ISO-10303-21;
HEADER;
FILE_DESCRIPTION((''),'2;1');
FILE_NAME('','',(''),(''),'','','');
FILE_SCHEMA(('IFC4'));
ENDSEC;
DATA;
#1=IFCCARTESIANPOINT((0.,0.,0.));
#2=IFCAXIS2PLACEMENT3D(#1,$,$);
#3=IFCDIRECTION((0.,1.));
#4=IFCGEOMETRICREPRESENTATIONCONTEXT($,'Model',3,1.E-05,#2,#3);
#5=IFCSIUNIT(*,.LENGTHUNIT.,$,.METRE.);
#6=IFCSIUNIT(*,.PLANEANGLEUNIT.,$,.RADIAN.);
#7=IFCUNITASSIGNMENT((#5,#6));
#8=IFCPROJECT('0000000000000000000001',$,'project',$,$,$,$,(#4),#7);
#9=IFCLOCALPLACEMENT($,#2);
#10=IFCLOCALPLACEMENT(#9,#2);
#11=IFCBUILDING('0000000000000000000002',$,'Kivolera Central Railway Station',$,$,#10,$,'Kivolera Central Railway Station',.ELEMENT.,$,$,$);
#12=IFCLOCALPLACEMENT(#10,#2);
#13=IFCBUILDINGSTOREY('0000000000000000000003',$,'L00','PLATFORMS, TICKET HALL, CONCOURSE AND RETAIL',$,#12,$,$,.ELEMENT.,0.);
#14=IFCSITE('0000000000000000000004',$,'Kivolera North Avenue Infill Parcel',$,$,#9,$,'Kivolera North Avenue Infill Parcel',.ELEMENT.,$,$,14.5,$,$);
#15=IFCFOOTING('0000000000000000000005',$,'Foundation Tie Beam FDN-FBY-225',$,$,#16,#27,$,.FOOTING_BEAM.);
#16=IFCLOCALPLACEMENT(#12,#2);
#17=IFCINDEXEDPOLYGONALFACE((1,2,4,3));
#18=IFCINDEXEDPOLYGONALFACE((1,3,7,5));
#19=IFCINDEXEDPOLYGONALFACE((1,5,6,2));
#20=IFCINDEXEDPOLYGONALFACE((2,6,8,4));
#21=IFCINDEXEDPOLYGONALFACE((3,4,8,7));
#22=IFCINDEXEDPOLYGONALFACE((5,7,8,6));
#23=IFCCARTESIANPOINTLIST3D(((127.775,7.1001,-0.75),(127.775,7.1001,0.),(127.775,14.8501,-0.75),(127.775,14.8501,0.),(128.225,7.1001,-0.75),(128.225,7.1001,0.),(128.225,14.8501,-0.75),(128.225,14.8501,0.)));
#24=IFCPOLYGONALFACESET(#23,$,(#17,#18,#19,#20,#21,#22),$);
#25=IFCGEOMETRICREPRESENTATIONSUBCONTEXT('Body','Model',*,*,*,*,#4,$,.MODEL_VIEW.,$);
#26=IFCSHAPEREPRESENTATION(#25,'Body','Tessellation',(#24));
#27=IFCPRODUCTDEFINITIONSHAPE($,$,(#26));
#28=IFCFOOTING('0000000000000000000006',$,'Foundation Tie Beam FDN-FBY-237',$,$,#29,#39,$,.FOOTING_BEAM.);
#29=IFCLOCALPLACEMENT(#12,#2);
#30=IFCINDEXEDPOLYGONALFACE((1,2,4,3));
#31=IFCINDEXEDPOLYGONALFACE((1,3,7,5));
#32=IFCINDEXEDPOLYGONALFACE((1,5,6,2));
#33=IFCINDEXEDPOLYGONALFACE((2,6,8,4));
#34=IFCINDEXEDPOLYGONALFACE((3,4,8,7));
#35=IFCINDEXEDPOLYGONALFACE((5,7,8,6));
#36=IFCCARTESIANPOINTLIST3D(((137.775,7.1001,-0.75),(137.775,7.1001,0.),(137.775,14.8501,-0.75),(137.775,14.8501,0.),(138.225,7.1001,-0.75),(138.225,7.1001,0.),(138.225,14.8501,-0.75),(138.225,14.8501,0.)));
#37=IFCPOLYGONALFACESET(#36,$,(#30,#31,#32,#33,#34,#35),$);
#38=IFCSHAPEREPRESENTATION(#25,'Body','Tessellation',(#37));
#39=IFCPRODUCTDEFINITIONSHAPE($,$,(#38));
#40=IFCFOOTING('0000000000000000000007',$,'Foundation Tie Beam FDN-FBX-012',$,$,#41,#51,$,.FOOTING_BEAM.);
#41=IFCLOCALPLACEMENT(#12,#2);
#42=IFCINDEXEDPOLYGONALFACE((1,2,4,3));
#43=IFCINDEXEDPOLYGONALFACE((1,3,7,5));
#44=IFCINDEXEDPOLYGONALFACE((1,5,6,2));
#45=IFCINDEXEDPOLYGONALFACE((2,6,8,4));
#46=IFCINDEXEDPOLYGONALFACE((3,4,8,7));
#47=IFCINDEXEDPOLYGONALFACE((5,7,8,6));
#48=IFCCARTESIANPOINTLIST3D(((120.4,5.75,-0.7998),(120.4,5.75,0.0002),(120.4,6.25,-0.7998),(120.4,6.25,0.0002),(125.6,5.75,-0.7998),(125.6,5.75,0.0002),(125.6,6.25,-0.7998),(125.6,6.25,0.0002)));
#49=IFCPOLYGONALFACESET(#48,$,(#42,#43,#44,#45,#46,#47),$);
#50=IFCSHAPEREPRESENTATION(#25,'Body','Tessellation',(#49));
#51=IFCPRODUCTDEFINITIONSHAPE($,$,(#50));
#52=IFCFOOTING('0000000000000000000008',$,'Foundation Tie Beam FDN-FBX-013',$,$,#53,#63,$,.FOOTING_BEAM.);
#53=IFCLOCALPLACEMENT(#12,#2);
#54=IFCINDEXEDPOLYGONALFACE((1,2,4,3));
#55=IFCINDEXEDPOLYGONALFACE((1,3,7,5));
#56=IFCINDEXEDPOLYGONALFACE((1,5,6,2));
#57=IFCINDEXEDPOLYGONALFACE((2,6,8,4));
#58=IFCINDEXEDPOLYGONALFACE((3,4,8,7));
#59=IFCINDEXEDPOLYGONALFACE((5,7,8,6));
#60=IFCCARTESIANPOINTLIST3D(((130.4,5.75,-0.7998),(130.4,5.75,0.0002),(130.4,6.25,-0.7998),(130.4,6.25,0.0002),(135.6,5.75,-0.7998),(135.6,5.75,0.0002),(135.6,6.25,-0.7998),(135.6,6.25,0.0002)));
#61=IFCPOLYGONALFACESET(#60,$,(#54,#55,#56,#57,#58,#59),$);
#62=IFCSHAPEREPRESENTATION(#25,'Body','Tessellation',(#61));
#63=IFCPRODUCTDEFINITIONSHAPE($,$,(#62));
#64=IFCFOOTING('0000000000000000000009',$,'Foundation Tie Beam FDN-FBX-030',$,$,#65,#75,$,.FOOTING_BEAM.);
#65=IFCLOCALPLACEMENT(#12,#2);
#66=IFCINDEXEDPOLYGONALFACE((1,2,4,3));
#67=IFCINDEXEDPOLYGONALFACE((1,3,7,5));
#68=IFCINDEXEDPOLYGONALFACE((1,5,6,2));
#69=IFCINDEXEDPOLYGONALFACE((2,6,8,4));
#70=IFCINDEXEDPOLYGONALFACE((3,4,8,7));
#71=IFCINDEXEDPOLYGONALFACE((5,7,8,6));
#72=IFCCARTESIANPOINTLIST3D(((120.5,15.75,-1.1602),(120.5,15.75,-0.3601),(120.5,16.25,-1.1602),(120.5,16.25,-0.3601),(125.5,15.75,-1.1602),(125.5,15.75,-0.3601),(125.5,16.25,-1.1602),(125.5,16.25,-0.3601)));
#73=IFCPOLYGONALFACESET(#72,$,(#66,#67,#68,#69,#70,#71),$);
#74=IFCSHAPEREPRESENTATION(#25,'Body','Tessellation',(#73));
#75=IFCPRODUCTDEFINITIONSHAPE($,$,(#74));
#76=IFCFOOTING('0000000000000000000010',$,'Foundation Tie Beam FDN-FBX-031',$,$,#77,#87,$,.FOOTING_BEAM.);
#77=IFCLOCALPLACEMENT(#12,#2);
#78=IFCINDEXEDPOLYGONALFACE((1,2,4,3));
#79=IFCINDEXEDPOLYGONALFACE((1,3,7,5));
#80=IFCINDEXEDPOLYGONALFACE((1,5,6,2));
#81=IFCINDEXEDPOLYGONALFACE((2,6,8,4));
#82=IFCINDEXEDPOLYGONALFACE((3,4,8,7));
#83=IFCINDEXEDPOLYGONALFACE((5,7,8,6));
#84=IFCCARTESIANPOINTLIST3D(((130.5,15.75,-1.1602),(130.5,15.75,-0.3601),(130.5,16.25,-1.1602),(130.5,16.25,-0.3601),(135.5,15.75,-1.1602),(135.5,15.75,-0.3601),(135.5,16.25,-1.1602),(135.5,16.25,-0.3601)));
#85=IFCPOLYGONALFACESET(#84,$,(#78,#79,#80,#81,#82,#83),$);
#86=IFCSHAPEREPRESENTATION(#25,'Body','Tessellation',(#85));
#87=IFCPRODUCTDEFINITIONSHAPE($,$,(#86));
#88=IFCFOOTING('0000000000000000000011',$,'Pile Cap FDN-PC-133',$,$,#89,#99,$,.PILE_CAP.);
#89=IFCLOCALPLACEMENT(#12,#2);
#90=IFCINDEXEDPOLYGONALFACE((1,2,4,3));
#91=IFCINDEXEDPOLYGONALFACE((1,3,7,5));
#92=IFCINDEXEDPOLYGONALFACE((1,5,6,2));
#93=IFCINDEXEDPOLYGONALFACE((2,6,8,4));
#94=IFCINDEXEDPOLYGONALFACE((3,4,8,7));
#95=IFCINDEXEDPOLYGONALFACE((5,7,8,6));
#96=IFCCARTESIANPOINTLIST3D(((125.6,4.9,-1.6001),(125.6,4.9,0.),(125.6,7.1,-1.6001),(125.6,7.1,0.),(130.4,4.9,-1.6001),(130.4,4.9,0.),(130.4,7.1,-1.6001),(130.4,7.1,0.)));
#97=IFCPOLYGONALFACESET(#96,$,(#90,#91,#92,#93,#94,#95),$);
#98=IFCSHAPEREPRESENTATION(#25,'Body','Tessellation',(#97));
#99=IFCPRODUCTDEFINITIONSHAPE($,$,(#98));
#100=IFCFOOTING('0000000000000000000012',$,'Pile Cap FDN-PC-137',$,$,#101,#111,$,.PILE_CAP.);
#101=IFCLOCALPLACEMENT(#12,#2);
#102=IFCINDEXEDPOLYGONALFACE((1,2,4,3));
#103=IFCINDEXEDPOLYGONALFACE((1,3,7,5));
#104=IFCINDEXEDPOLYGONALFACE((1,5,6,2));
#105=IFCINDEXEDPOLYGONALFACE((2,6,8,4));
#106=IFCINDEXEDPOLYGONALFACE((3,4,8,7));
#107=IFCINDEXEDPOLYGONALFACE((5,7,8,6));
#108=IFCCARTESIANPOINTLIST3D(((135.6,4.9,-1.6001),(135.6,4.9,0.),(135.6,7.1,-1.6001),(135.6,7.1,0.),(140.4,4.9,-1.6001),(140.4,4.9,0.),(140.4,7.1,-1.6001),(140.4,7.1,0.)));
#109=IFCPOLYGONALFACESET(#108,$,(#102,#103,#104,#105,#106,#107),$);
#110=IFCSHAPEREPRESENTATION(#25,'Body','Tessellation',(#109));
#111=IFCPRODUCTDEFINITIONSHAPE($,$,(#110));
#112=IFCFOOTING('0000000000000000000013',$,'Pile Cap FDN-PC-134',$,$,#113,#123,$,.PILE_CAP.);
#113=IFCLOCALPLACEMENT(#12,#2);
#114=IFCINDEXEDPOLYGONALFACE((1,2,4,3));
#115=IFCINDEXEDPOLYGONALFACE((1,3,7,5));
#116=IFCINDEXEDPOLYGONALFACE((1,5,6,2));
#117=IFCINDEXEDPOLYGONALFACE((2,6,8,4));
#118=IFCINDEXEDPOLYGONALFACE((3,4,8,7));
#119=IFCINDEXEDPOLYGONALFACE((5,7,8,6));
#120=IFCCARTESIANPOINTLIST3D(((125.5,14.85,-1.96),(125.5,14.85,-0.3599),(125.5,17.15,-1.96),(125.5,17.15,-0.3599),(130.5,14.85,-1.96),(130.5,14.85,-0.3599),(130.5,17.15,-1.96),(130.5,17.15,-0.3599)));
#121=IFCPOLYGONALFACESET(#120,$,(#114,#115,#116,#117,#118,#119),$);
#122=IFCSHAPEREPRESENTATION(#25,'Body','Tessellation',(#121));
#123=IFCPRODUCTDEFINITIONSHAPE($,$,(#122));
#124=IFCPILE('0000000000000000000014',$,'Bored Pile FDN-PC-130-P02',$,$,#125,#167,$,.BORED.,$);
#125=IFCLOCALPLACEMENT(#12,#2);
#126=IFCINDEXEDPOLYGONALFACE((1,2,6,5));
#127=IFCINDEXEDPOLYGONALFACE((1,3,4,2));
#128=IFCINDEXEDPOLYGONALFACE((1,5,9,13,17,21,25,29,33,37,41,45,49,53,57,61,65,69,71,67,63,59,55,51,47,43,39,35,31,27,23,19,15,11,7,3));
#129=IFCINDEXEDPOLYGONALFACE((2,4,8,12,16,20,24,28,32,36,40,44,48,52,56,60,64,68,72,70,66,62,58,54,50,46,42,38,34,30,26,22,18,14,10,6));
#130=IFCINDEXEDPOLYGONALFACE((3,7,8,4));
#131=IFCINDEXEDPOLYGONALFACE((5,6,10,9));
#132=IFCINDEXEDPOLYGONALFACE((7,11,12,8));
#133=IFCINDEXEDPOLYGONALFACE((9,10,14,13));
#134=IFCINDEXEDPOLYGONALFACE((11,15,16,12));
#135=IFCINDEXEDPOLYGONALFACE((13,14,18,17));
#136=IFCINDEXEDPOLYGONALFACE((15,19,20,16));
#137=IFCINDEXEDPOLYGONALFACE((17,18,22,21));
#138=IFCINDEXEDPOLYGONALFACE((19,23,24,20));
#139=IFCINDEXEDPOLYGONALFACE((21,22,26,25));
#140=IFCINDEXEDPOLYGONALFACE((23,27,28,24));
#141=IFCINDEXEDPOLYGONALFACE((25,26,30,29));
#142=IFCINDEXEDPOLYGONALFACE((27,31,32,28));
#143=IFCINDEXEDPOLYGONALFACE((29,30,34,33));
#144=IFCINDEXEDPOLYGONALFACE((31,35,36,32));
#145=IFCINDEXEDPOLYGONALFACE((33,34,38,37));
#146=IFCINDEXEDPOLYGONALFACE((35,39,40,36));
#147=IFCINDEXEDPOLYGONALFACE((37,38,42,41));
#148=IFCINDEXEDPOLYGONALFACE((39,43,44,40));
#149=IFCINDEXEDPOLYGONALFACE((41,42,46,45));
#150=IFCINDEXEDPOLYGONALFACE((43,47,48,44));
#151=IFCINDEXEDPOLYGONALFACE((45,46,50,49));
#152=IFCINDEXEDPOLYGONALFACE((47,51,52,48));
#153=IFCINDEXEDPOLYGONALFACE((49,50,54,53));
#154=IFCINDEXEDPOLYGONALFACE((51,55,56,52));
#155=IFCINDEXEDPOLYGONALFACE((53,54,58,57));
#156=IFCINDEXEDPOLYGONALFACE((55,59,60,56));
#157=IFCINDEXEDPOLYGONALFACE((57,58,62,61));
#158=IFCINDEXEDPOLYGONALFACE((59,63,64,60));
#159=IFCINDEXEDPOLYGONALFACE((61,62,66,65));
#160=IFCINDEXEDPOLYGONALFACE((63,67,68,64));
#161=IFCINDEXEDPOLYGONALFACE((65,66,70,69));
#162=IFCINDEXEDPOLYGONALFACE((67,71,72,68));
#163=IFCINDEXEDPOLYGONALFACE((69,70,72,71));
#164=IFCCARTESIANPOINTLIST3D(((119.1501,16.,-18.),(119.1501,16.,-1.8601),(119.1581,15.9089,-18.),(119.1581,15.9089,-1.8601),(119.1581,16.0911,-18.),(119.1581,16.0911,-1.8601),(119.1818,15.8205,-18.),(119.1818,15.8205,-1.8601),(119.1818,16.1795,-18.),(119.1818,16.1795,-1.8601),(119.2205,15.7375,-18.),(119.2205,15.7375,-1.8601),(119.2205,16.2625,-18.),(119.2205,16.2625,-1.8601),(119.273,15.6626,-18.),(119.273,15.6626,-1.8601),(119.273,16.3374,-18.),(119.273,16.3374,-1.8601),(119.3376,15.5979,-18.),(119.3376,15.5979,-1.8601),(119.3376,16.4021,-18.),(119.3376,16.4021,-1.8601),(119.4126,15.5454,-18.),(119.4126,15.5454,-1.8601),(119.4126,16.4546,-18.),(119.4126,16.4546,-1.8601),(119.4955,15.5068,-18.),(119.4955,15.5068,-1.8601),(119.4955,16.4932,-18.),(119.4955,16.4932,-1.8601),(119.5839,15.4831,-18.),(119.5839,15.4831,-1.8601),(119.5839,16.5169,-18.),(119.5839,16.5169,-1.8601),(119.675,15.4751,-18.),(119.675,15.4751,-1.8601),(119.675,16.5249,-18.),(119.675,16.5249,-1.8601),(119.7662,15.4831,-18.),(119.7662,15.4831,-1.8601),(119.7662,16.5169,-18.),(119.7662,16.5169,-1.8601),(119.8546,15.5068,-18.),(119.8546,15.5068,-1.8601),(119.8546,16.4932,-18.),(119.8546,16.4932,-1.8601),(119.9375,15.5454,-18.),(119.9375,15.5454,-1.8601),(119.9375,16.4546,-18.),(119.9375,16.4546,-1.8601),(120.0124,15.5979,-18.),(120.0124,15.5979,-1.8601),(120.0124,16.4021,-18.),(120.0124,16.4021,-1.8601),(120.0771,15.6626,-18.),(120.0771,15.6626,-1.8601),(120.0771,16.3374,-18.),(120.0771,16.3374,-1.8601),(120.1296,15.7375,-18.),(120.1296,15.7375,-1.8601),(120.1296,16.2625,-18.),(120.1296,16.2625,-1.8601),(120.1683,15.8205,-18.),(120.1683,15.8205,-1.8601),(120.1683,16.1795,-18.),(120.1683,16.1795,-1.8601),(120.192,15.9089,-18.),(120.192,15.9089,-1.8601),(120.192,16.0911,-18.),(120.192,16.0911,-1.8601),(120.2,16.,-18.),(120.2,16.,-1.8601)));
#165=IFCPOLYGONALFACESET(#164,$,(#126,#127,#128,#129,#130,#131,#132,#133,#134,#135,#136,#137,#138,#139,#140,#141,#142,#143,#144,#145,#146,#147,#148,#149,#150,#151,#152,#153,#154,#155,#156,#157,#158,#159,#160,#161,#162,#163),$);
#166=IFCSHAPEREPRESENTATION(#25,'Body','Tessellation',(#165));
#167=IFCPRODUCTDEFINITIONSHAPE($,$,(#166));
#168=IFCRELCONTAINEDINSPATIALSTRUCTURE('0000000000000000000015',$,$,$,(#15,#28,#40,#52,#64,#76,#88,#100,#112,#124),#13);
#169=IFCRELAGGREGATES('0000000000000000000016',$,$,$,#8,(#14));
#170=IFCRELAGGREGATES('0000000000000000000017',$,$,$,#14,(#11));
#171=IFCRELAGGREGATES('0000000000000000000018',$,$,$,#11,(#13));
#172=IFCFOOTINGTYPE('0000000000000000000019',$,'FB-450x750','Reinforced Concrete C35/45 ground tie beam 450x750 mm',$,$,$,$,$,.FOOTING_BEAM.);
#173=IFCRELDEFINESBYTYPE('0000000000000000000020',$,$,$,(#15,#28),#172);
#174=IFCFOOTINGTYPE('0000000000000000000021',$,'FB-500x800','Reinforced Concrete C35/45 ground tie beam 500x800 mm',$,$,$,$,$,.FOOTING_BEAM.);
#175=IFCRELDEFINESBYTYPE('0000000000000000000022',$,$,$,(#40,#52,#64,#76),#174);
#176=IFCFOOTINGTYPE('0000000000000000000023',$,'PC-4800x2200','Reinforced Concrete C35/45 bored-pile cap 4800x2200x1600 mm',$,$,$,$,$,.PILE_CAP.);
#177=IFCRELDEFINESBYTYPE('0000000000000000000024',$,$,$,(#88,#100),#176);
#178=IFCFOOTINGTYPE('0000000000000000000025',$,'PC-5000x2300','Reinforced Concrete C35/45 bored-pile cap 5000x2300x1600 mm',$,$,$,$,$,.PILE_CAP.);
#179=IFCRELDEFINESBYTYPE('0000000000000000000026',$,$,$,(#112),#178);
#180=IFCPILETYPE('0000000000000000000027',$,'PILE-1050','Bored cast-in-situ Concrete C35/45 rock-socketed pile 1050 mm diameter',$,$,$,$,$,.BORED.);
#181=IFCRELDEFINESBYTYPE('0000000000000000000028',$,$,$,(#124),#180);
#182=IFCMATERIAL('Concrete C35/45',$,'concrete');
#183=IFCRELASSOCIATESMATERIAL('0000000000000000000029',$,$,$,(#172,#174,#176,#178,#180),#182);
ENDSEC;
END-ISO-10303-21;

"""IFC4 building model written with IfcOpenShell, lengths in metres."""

from ifc_helpers import new_model, si_unit, direction, frame, origin, origin_2d, place, context, subcontext, project, spatial, rectangle, circle, extrude, material, material_profile, profile_set, type_object, element, save


model = new_model("IFC4")

# Units and contexts
model_context = context("Model", 3, precision=1e-05, world=origin(), true_north=direction((0.0, 1.0)))
body_context = subcontext(model_context, "Body", "Model", "MODEL_VIEW")
ifc_project = project(units=[si_unit("LENGTHUNIT", "METRE"), si_unit("PLANEANGLEUNIT", "RADIAN")], contexts=[model_context])

# Site, building, storey
site_placement = place(None, origin())
site = spatial("IfcSite", under=ifc_project, at=site_placement, Name="Kivolera North Avenue Infill Parcel", LongName="Kivolera North Avenue Infill Parcel", CompositionType="ELEMENT", RefElevation=14.5)
building_placement = place(site_placement, origin())
building = spatial("IfcBuilding", under=site, at=building_placement, Name="Kivolera Central Railway Station", LongName="Kivolera Central Railway Station", CompositionType="ELEMENT")
storey_placement = place(building_placement, origin())
storey = spatial("IfcBuildingStorey", under=building, at=storey_placement, Name="L00", Description="PLATFORMS, TICKET HALL, CONCOURSE AND RETAIL", CompositionType="ELEMENT", Elevation=0.0)

# Footings
ifc_material_1 = material(Name="Concrete C35/45", Category="concrete")
footing_type_1 = type_object("IfcFootingType", Name="FB-450x750", Description="Reinforced Concrete C35/45 ground tie beam 450x750 mm", PredefinedType="FOOTING_BEAM", material=ifc_material_1)
for number, where, z_axis, x_axis, name in (
    (1, (128.0, 10.9751, -0.75), (0.0, 0.0, 1.0), (1.0, 0.0, 0.0), "Foundation Tie Beam FDN-FBY-225"),
    (2, (138.0, 10.9751, -0.75), (0.0, 0.0, 1.0), (1.0, 0.0, 0.0), "Foundation Tie Beam FDN-FBY-237"),
):
    element("IfcFooting", number, at=place(storey_placement, frame(where, z_axis=z_axis, x_axis=x_axis)), inside=storey, type_object=footing_type_1, Name=name, PredefinedType="FOOTING_BEAM", context=body_context, shape_type="SweptSolid", body=[
        extrude(rectangle(XDim=0.45, YDim=7.75, at=origin_2d()), origin(), (0.0, 0.0, 1.0), 0.75),
    ])
footing_type_2 = type_object("IfcFootingType", Name="FB-500x800", Description="Reinforced Concrete C35/45 ground tie beam 500x800 mm", PredefinedType="FOOTING_BEAM", material=ifc_material_1)
for number, where, z_axis, x_axis, name in (
    (3, (123.0, 6.0, -0.7998), (0.0, 0.0, 1.0), (1.0, 0.0, 0.0), "Foundation Tie Beam FDN-FBX-012"),
    (4, (133.0, 6.0, -0.7998), (0.0, 0.0, 1.0), (1.0, 0.0, 0.0), "Foundation Tie Beam FDN-FBX-013"),
):
    element("IfcFooting", number, at=place(storey_placement, frame(where, z_axis=z_axis, x_axis=x_axis)), inside=storey, type_object=footing_type_2, Name=name, PredefinedType="FOOTING_BEAM", context=body_context, shape_type="SweptSolid", body=[
        extrude(rectangle(XDim=5.2, YDim=0.5, at=origin_2d()), origin(), (0.0, 0.0, 1.0), 0.8),
    ])
for number, where, z_axis, x_axis, name in (
    (5, (123.0, 16.0, -1.1602), (0.0, 0.0, 1.0), (1.0, 0.0, 0.0), "Foundation Tie Beam FDN-FBX-030"),
    (6, (133.0, 16.0, -1.1602), (0.0, 0.0, 1.0), (1.0, 0.0, 0.0), "Foundation Tie Beam FDN-FBX-031"),
):
    element("IfcFooting", number, at=place(storey_placement, frame(where, z_axis=z_axis, x_axis=x_axis)), inside=storey, type_object=footing_type_2, Name=name, PredefinedType="FOOTING_BEAM", context=body_context, shape_type="SweptSolid", body=[
        extrude(rectangle(XDim=5.0, YDim=0.5, at=origin_2d()), origin(), (0.0, 0.0, 1.0), 0.8),
    ])
footing_type_3 = type_object("IfcFootingType", Name="PC-4800x2200", Description="Reinforced Concrete C35/45 bored-pile cap 4800x2200x1600 mm", PredefinedType="PILE_CAP", material=ifc_material_1)
for number, where, z_axis, x_axis, name in (
    (7, (128.0, 6.0, -1.6001), (0.0, 0.0, 1.0), (1.0, 0.0, 0.0), "Pile Cap FDN-PC-133"),
    (8, (138.0, 6.0, -1.6001), (0.0, 0.0, 1.0), (1.0, 0.0, 0.0), "Pile Cap FDN-PC-137"),
):
    element("IfcFooting", number, at=place(storey_placement, frame(where, z_axis=z_axis, x_axis=x_axis)), inside=storey, type_object=footing_type_3, Name=name, PredefinedType="PILE_CAP", context=body_context, shape_type="SweptSolid", body=[
        extrude(rectangle(XDim=4.8, YDim=2.2, at=origin_2d()), origin(), (0.0, 0.0, 1.0), 1.6001),
    ])
footing_type_4 = type_object("IfcFootingType", Name="PC-5000x2300", Description="Reinforced Concrete C35/45 bored-pile cap 5000x2300x1600 mm", PredefinedType="PILE_CAP", material=ifc_material_1)
footing_placement = place(storey_placement, frame((128.0, 16.0, -1.96), z_axis=(0.0, 0.0, 1.0), x_axis=(1.0, 0.0, 0.0)))
element("IfcFooting", 9, at=footing_placement, inside=storey, type_object=footing_type_4, Name="Pile Cap FDN-PC-134", PredefinedType="PILE_CAP", context=body_context, shape_type="SweptSolid", body=[
    extrude(rectangle(XDim=5.0, YDim=2.3, at=origin_2d()), origin(), (0.0, 0.0, 1.0), 1.6001),
])

# Pile
ifc_material_profile_1 = material_profile(ifc_material_1, circle(Radius=0.5249, at=origin_2d()), Name="PILE D1050")
ifc_profile_set_1 = profile_set([ifc_material_profile_1], Name="Concrete C35/45")
pile_type = type_object("IfcPileType", Name="PILE-1050", Description="Bored cast-in-situ Concrete C35/45 rock-socketed pile 1050 mm diameter", PredefinedType="BORED", material=ifc_profile_set_1)
pile_1_placement = place(storey_placement, frame((119.675, 16.0, -1.8601), z_axis=(0.0, 0.0, -1.0), x_axis=(1.0, 0.0, 0.0)))
element("IfcPile", 10, at=pile_1_placement, inside=storey, type_object=pile_type, Name="Bored Pile FDN-PC-130-P02", PredefinedType="BORED", context=body_context, shape_type="SweptSolid", body=[
    extrude(circle(Radius=0.5249, at=origin_2d()), origin(), (0.0, 0.0, 1.0), 16.1399),
])

save(model, "model.ifc")
